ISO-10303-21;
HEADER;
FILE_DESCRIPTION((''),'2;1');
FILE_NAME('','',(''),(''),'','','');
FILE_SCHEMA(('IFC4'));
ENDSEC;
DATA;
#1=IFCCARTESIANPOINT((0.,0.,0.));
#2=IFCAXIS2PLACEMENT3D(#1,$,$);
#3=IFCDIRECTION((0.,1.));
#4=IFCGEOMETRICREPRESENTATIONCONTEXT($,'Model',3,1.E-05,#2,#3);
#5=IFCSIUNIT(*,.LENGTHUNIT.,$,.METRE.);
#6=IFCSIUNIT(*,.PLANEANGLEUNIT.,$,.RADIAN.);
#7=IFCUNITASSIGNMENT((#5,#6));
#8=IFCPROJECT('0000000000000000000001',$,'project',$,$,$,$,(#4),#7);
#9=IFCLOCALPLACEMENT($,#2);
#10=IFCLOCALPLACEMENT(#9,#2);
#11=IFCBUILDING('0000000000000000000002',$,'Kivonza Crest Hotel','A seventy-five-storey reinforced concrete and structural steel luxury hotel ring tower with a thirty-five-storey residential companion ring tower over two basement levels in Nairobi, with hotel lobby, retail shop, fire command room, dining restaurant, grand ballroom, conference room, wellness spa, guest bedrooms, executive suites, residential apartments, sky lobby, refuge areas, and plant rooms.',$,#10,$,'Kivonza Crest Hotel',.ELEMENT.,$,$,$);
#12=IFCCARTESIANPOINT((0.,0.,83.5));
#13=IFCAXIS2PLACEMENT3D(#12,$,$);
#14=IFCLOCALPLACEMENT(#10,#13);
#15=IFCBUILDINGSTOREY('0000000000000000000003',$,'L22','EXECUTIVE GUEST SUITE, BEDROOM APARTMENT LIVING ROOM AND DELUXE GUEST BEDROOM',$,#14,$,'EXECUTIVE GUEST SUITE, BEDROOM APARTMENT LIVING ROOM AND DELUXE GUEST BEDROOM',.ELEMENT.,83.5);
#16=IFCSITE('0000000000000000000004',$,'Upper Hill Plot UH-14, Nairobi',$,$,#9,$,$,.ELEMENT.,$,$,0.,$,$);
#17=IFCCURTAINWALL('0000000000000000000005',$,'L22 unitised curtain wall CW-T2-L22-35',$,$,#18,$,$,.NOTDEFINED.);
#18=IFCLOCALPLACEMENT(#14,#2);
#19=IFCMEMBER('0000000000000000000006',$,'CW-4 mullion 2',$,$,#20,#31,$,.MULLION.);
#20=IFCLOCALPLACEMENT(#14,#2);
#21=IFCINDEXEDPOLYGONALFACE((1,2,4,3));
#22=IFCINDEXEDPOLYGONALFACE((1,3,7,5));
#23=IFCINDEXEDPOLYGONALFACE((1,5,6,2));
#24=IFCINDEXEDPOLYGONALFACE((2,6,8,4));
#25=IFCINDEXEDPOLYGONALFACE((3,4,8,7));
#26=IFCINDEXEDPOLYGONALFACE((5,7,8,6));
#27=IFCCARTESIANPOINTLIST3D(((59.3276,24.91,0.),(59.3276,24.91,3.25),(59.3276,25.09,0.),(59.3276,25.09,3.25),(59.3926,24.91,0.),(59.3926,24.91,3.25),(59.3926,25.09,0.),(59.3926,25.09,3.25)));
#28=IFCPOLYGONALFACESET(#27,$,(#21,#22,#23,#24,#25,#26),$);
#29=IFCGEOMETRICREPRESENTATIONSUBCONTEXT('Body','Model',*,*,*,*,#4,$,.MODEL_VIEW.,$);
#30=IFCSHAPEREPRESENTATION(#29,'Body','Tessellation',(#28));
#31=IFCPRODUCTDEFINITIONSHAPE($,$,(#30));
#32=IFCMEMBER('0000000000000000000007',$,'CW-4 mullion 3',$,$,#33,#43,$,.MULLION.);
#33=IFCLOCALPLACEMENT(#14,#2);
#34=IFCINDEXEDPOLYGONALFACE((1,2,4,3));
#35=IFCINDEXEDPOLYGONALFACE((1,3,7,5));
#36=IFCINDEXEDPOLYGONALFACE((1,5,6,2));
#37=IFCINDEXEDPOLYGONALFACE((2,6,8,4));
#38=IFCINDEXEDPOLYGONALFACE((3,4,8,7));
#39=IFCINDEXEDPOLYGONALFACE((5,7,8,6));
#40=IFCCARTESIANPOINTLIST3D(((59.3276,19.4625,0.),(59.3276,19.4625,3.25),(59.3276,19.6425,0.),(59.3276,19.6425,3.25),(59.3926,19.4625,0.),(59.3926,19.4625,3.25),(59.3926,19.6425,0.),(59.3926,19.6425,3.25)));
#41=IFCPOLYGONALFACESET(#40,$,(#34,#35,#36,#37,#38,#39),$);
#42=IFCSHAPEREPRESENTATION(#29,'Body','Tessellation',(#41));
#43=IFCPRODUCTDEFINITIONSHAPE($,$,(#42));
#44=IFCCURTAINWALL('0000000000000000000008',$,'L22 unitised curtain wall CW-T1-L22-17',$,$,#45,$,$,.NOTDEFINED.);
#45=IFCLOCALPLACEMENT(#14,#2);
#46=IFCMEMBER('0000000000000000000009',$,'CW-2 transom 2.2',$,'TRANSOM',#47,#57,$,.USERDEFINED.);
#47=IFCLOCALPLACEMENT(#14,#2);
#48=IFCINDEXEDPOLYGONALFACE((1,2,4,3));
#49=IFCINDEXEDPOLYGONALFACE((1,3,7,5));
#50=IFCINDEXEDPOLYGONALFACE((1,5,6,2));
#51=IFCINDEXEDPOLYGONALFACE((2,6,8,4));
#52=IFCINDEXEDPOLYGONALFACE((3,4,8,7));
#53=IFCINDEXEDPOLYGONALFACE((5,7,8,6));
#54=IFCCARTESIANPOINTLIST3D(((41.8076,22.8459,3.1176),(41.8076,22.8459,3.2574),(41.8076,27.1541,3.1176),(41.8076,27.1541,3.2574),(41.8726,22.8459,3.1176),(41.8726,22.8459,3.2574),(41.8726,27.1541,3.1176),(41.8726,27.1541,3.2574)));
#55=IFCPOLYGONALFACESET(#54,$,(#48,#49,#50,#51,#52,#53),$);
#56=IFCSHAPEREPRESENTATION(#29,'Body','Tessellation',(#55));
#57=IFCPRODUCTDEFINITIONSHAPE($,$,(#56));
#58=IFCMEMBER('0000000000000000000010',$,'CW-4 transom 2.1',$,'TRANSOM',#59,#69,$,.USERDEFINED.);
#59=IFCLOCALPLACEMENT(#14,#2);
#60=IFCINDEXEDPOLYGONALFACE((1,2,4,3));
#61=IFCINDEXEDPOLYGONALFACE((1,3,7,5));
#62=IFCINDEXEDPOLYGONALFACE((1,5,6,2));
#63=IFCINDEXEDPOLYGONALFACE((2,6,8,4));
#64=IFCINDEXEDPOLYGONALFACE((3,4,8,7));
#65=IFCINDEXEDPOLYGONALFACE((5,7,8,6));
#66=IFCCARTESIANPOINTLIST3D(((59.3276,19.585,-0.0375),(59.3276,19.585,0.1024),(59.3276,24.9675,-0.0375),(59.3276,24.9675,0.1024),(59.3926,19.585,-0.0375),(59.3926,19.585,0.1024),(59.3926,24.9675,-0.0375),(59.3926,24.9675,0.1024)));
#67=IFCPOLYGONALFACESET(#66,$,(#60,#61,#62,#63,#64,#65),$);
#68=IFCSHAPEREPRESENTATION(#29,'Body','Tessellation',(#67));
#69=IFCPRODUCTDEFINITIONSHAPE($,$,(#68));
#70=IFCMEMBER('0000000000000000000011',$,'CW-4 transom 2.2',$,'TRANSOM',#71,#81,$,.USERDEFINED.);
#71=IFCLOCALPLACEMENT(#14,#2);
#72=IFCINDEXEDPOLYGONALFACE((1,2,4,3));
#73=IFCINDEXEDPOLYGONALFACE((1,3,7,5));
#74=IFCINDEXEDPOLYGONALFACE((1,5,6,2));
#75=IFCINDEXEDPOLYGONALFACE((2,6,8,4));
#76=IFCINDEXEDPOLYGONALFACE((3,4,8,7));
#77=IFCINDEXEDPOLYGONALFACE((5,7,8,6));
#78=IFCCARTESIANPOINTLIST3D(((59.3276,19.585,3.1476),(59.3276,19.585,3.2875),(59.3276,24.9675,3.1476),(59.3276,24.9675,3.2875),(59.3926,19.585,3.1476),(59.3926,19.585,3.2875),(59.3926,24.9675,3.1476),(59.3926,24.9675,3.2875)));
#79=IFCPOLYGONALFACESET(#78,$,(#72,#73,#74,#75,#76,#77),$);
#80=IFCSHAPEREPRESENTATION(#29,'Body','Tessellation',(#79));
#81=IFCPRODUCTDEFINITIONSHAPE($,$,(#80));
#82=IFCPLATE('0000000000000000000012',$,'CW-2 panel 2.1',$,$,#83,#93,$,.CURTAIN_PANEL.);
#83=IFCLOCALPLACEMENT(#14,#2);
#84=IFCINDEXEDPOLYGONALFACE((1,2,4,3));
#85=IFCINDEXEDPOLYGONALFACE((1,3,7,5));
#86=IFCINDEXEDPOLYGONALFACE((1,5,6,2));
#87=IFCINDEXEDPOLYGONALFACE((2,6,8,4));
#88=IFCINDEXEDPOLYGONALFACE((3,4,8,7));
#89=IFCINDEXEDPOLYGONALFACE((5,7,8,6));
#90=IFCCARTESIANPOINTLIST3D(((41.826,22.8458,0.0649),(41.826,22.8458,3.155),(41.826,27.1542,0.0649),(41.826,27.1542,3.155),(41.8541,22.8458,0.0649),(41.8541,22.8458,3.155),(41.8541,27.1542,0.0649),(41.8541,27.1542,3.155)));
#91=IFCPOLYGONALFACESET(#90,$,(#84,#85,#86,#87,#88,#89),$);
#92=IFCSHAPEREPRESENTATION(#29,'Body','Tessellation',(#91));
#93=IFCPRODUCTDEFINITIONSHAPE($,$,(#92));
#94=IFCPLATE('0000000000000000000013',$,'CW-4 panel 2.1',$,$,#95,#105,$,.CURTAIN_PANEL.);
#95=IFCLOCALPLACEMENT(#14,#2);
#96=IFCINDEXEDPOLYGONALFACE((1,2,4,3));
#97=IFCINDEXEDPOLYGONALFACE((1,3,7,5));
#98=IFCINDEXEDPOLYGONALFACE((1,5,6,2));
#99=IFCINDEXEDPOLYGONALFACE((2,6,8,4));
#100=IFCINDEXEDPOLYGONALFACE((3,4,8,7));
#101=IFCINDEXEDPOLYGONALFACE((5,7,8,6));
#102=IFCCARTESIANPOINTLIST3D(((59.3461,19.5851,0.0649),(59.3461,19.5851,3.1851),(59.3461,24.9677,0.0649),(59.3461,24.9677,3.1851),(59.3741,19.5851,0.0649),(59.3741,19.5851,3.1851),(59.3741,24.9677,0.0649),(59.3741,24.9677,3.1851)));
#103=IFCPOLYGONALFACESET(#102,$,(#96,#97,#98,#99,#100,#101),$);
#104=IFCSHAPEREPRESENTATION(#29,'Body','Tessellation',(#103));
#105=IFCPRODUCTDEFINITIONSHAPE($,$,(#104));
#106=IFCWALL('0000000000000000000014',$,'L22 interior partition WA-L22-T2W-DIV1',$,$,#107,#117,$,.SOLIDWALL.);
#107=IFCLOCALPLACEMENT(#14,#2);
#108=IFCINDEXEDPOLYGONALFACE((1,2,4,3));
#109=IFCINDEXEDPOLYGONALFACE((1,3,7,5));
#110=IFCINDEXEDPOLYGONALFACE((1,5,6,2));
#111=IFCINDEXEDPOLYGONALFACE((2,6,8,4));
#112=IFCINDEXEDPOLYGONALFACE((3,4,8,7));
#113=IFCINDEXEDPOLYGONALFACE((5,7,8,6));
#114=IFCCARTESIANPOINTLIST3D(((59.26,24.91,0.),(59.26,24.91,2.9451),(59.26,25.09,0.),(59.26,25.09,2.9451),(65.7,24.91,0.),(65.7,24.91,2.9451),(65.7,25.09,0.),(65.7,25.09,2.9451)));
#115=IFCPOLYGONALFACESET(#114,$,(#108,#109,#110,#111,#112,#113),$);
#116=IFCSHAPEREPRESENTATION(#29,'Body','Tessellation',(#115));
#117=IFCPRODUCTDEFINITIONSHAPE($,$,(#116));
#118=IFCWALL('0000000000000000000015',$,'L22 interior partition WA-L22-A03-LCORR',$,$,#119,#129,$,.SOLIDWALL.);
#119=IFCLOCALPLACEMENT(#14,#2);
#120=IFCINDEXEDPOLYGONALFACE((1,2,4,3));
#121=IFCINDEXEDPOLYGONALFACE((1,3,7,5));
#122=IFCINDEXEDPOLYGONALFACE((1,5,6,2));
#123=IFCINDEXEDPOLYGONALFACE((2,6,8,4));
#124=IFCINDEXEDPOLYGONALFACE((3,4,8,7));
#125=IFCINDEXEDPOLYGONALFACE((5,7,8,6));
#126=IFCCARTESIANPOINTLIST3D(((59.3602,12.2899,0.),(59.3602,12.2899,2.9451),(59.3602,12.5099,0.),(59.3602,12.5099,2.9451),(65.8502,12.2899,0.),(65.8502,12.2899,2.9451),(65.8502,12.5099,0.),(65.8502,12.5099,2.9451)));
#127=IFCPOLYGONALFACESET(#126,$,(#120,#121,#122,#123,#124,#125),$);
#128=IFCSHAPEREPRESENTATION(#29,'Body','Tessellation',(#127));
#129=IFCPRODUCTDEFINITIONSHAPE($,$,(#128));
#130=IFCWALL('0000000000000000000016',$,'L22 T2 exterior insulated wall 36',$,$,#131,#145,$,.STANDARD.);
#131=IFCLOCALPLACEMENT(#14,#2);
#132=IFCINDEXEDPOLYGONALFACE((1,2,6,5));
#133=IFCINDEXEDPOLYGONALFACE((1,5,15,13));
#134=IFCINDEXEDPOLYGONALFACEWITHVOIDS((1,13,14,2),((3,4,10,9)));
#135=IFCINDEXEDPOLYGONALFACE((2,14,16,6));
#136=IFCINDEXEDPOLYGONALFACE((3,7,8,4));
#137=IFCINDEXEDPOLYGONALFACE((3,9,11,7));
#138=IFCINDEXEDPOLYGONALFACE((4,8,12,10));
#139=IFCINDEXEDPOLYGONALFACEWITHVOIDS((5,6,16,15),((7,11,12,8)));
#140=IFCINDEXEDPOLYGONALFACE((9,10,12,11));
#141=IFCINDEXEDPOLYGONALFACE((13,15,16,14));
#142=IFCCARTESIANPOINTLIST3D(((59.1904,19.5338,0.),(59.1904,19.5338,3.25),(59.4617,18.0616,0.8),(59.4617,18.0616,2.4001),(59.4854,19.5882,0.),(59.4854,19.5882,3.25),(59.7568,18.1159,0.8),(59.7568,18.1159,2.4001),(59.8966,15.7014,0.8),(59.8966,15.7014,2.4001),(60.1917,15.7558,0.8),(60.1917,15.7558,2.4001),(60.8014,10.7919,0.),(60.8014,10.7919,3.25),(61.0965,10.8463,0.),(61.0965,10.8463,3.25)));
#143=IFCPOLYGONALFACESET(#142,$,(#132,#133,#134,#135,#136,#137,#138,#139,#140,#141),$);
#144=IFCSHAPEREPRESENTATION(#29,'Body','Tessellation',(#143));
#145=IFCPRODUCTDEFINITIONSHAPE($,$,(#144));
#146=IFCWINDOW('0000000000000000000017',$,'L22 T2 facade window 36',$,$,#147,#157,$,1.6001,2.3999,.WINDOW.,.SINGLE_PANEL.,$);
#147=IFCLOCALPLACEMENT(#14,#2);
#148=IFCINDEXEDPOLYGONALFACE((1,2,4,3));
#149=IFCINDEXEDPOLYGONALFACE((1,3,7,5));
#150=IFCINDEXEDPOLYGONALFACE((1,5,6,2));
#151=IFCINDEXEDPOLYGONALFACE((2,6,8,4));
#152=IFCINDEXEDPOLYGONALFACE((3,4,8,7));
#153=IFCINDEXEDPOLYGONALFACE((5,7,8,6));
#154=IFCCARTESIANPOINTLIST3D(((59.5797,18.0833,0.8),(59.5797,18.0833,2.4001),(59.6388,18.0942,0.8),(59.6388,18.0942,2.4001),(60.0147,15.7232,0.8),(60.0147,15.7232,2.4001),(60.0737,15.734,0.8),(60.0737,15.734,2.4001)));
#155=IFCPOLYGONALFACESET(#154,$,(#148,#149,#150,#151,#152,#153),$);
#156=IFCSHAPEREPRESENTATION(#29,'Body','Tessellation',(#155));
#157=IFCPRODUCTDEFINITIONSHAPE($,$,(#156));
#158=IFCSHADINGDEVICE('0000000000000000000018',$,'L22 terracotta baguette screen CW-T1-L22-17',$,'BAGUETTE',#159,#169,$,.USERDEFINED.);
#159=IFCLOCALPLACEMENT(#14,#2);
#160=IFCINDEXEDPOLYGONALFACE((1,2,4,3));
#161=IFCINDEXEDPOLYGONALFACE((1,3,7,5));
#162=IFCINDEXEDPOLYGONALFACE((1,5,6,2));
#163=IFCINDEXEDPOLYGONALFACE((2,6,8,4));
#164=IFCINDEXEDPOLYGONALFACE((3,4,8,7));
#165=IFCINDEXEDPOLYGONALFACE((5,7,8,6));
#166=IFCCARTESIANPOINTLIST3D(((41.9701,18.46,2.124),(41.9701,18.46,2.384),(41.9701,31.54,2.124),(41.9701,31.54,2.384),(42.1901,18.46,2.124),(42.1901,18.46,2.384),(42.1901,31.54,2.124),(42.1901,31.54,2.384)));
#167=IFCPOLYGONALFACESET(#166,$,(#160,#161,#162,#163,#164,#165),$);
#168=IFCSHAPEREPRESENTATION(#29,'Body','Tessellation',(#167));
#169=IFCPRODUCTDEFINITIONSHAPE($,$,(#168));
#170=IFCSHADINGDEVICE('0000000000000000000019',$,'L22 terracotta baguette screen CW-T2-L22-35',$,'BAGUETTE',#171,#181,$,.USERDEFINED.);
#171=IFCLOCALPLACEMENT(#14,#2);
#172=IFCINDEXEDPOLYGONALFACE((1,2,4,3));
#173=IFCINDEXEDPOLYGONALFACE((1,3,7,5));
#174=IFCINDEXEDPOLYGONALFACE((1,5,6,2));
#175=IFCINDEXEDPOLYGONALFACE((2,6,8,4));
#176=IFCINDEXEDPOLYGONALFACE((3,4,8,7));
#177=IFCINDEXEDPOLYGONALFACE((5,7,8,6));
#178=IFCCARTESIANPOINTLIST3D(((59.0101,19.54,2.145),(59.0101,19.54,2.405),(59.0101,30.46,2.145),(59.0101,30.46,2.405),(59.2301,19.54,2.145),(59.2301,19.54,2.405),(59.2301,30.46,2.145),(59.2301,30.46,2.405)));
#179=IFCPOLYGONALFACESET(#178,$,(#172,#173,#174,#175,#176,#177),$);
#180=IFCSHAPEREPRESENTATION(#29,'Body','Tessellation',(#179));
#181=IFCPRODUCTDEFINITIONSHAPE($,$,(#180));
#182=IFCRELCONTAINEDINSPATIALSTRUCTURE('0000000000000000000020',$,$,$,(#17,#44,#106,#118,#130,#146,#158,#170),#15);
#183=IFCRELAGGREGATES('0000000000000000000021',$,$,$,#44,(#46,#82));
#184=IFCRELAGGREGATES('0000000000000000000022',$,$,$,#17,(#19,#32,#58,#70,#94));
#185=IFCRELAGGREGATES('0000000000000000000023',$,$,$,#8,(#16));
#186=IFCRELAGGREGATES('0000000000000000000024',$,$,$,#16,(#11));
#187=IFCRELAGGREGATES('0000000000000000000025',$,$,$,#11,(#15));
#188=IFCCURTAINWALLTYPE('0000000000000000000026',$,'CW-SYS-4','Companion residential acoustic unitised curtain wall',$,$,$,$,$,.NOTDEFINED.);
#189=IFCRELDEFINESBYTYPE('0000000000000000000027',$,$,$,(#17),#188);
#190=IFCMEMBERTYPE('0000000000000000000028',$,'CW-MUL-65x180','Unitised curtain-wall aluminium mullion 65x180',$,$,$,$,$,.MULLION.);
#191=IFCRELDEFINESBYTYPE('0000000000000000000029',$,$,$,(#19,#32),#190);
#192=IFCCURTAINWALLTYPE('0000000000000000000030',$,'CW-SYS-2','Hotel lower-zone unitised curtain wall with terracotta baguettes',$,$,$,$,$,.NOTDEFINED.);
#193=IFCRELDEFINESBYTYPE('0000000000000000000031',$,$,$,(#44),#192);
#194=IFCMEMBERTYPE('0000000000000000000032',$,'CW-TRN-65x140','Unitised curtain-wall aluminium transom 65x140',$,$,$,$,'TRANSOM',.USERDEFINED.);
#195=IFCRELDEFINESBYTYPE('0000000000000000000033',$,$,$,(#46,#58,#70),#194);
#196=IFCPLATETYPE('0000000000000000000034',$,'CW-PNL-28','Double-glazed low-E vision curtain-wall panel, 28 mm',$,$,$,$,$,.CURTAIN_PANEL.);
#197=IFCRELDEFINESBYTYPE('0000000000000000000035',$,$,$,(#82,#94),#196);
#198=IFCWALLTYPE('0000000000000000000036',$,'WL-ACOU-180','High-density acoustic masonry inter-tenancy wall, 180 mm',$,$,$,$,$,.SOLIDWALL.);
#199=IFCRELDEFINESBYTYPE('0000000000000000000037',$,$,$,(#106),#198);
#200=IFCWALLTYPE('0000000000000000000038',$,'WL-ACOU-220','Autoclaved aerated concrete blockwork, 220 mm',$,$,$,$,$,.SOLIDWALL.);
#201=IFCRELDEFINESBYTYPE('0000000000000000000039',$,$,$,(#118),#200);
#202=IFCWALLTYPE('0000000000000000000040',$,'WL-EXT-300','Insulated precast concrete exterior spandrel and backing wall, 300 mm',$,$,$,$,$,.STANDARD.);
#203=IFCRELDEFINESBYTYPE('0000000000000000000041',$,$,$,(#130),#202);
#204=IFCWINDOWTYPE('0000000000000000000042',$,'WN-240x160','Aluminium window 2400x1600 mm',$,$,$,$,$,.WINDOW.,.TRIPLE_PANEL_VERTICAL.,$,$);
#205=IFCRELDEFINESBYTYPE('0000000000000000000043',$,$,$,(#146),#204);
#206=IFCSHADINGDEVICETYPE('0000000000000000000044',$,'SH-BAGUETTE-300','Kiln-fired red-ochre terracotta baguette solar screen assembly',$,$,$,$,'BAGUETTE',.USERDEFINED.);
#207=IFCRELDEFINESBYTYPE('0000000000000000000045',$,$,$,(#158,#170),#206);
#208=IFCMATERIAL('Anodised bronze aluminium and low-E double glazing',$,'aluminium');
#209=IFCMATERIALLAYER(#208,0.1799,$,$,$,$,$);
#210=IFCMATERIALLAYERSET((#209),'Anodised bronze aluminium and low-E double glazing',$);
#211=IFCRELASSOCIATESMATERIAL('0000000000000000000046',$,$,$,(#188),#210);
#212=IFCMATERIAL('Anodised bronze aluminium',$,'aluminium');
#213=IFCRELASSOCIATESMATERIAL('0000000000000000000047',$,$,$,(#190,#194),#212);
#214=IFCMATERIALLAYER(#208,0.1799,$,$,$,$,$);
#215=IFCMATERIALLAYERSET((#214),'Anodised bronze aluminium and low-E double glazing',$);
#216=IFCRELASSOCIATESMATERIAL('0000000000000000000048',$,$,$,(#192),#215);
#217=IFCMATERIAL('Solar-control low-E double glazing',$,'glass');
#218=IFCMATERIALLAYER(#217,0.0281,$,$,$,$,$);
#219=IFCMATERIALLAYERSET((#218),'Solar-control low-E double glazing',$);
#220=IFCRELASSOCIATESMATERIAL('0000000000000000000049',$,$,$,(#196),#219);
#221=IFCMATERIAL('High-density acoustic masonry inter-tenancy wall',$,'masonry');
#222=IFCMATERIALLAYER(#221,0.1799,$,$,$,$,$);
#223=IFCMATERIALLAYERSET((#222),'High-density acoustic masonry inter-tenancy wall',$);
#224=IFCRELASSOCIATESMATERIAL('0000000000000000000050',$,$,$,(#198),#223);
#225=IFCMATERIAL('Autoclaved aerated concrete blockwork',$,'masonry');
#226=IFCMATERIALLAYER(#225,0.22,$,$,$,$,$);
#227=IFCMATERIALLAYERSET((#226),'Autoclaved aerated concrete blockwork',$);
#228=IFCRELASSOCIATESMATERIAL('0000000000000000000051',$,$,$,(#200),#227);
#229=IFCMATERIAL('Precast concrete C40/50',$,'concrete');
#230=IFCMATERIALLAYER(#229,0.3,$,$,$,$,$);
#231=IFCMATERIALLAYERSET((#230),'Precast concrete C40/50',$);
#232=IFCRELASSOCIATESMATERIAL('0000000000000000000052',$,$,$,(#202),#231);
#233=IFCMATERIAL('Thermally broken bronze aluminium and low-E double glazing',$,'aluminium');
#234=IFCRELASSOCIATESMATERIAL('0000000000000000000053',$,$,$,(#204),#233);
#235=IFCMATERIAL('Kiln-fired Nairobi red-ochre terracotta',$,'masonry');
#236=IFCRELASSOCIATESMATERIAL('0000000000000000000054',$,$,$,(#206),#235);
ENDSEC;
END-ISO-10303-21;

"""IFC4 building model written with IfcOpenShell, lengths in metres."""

from ifc_helpers import new_model, si_unit, direction, frame, frame_2d, origin, origin_2d, place, context, subcontext, project, spatial, rectangle, extrude, material, layer, layer_set, material_profile, profile_set, type_object, element, fill, aggregate, save


model = new_model("IFC4")

# Units and contexts
model_context = context("Model", 3, precision=1e-05, world=origin(), true_north=direction((0.0, 1.0)))
body_context = subcontext(model_context, "Body", "Model", "MODEL_VIEW")
ifc_project = project(units=[si_unit("LENGTHUNIT", "METRE"), si_unit("PLANEANGLEUNIT", "RADIAN")], contexts=[model_context])

# Site, building, storey
site_placement = place(None, origin())
site = spatial("IfcSite", under=ifc_project, at=site_placement, Name="Upper Hill Plot UH-14, Nairobi", CompositionType="ELEMENT", RefElevation=0.0)
building_placement = place(site_placement, origin())
building = spatial("IfcBuilding", under=site, at=building_placement, Name="Kivonza Crest Hotel", Description="A seventy-five-storey reinforced concrete and structural steel luxury hotel ring tower with a thirty-five-storey residential companion ring tower over two basement levels in Nairobi, with hotel lobby, retail shop, fire command room, dining restaurant, grand ballroom, conference room, wellness spa, guest bedrooms, executive suites, residential apartments, sky lobby, refuge areas, and plant rooms.", LongName="Kivonza Crest Hotel", CompositionType="ELEMENT")
storey_placement = place(building_placement, frame((0.0, 0.0, 83.5)))
storey = spatial("IfcBuildingStorey", under=building, at=storey_placement, Name="L22", Description="EXECUTIVE GUEST SUITE, BEDROOM APARTMENT LIVING ROOM AND DELUXE GUEST BEDROOM", LongName="EXECUTIVE GUEST SUITE, BEDROOM APARTMENT LIVING ROOM AND DELUXE GUEST BEDROOM", CompositionType="ELEMENT", Elevation=83.5)

# Curtain wall, members
ifc_material_1 = material(Name="Anodised bronze aluminium and low-E double glazing", Category="aluminium")
ifc_layer_1 = layer(ifc_material_1, 0.1799)
ifc_layer_set_1 = layer_set([ifc_layer_1], Name="Anodised bronze aluminium and low-E double glazing")
curtain_wall_type_1 = type_object("IfcCurtainWallType", Name="CW-SYS-4", Description="Companion residential acoustic unitised curtain wall", PredefinedType="NOTDEFINED", material=ifc_layer_set_1)
curtain_wall_1_placement = place(storey_placement, origin())
curtain_wall_1 = element("IfcCurtainWall", 1, at=curtain_wall_1_placement, inside=storey, type_object=curtain_wall_type_1, Name="L22 unitised curtain wall CW-T2-L22-35", PredefinedType="NOTDEFINED")
ifc_material_2 = material(Name="Anodised bronze aluminium", Category="aluminium")
ifc_material_profile_1 = material_profile(ifc_material_2, rectangle(XDim=0.0649, YDim=0.1799, at=origin_2d()), Name="CW-M 65x180")
ifc_profile_set_1 = profile_set([ifc_material_profile_1], Name="Anodised bronze aluminium")
member_type_1 = type_object("IfcMemberType", Name="CW-MUL-65x180", Description="Unitised curtain-wall aluminium mullion 65x180", PredefinedType="MULLION", material=ifc_profile_set_1)
member_1_placement = place(storey_placement, frame((59.3601, 25.0, 0.0), z_axis=(0.0, 0.0, 1.0), x_axis=(1.0, 0.0, 0.0)))
member_1 = element("IfcMember", 2, at=member_1_placement, type_object=member_type_1, Name="CW-4 mullion 2", PredefinedType="MULLION", context=body_context, shape_type="SweptSolid", body=[
    extrude(rectangle(XDim=0.0649, YDim=0.1799, at=origin_2d()), origin(), (0.0, 0.0, 1.0), 3.25),
])
member_2_placement = place(storey_placement, frame((59.3601, 19.5525, 0.0), z_axis=(0.0, 0.0, 1.0), x_axis=(1.0, 0.0, 0.0)))
member_2 = element("IfcMember", 3, at=member_2_placement, type_object=member_type_1, Name="CW-4 mullion 3", PredefinedType="MULLION", context=body_context, shape_type="SweptSolid", body=[
    extrude(rectangle(XDim=0.0649, YDim=0.1799, at=origin_2d()), origin(), (0.0, 0.0, 1.0), 3.25),
])

# Curtain wall, member
ifc_layer_2 = layer(ifc_material_1, 0.1799)
ifc_layer_set_2 = layer_set([ifc_layer_2], Name="Anodised bronze aluminium and low-E double glazing")
curtain_wall_type_2 = type_object("IfcCurtainWallType", Name="CW-SYS-2", Description="Hotel lower-zone unitised curtain wall with terracotta baguettes", PredefinedType="NOTDEFINED", material=ifc_layer_set_2)
curtain_wall_2_placement = place(storey_placement, origin())
curtain_wall_2 = element("IfcCurtainWall", 4, at=curtain_wall_2_placement, inside=storey, type_object=curtain_wall_type_2, Name="L22 unitised curtain wall CW-T1-L22-17", PredefinedType="NOTDEFINED")
ifc_material_profile_2 = material_profile(ifc_material_2, rectangle(XDim=0.0649, YDim=0.1399, at=origin_2d()), Name="CW-T 65x140")
ifc_profile_set_2 = profile_set([ifc_material_profile_2], Name="Anodised bronze aluminium")
member_type_2 = type_object("IfcMemberType", Name="CW-TRN-65x140", Description="Unitised curtain-wall aluminium transom 65x140", ElementType="TRANSOM", PredefinedType="USERDEFINED", material=ifc_profile_set_2)
member_3_placement = place(storey_placement, frame((41.8401, 22.8459, 3.1875), z_axis=(0.0, 1.0, 0.0), x_axis=(-1.0, 0.0, 0.0)))
member_3 = element("IfcMember", 5, at=member_3_placement, type_object=member_type_2, Name="CW-2 transom 2.2", ObjectType="TRANSOM", PredefinedType="USERDEFINED", context=body_context, shape_type="SweptSolid", body=[
    extrude(rectangle(XDim=0.0649, YDim=0.1399, at=origin_2d()), origin(), (0.0, 0.0, 1.0), 4.3081),
])

# Members
member_4_placement = place(storey_placement, frame((59.3601, 24.9675, 0.0325), z_axis=(0.0, -1.0, 0.0), x_axis=(1.0, 0.0, 0.0)))
member_4 = element("IfcMember", 6, at=member_4_placement, type_object=member_type_2, Name="CW-4 transom 2.1", ObjectType="TRANSOM", PredefinedType="USERDEFINED", context=body_context, shape_type="SweptSolid", body=[
    extrude(rectangle(XDim=0.0649, YDim=0.1399, at=origin_2d()), origin(), (0.0, 0.0, 1.0), 5.3826),
])
member_5_placement = place(storey_placement, frame((59.3601, 24.9675, 3.2175), z_axis=(0.0, -1.0, 0.0), x_axis=(1.0, 0.0, 0.0)))
member_5 = element("IfcMember", 7, at=member_5_placement, type_object=member_type_2, Name="CW-4 transom 2.2", ObjectType="TRANSOM", PredefinedType="USERDEFINED", context=body_context, shape_type="SweptSolid", body=[
    extrude(rectangle(XDim=0.0649, YDim=0.1399, at=origin_2d()), origin(), (0.0, 0.0, 1.0), 5.3826),
])

# Plates
ifc_material_3 = material(Name="Solar-control low-E double glazing", Category="glass")
ifc_layer_3 = layer(ifc_material_3, 0.0281)
ifc_layer_set_3 = layer_set([ifc_layer_3], Name="Solar-control low-E double glazing")
plate_type = type_object("IfcPlateType", Name="CW-PNL-28", Description="Double-glazed low-E vision curtain-wall panel, 28 mm", PredefinedType="CURTAIN_PANEL", material=ifc_layer_set_3)
plate_1_placement = place(storey_placement, frame((41.8401, 25.0, 0.0649), z_axis=(0.0, 0.0, 1.0), x_axis=(0.0, 1.0, 0.0)))
plate_1 = element("IfcPlate", 8, at=plate_1_placement, type_object=plate_type, Name="CW-2 panel 2.1", PredefinedType="CURTAIN_PANEL", context=body_context, shape_type="SweptSolid", body=[
    extrude(rectangle(XDim=4.3083, YDim=0.0281, at=origin_2d()), origin(), (0.0, 0.0, 1.0), 3.0901),
])
aggregate(curtain_wall_2, [member_3, plate_1])
plate_2_placement = place(storey_placement, frame((59.3601, 22.2764, 0.0649), z_axis=(0.0, 0.0, 1.0), x_axis=(0.0, -1.0, 0.0)))
plate_2 = element("IfcPlate", 9, at=plate_2_placement, type_object=plate_type, Name="CW-4 panel 2.1", PredefinedType="CURTAIN_PANEL", context=body_context, shape_type="SweptSolid", body=[
    extrude(rectangle(XDim=5.3826, YDim=0.0281, at=origin_2d()), origin(), (0.0, 0.0, 1.0), 3.1201),
])
aggregate(curtain_wall_1, [member_1, member_2, member_4, member_5, plate_2])

# Walls
ifc_material_4 = material(Name="High-density acoustic masonry inter-tenancy wall", Category="masonry")
ifc_layer_4 = layer(ifc_material_4, 0.1799)
ifc_layer_set_4 = layer_set([ifc_layer_4], Name="High-density acoustic masonry inter-tenancy wall")
wall_type_1 = type_object("IfcWallType", Name="WL-ACOU-180", Description="High-density acoustic masonry inter-tenancy wall, 180 mm", PredefinedType="SOLIDWALL", material=ifc_layer_set_4)
wall_1_placement = place(storey_placement, frame((59.26, 25.0, 0.0), z_axis=(0.0, 0.0, 1.0), x_axis=(1.0, 0.0, 0.0)))
element("IfcWall", 10, at=wall_1_placement, inside=storey, type_object=wall_type_1, Name="L22 interior partition WA-L22-T2W-DIV1", PredefinedType="SOLIDWALL", context=body_context, shape_type="SweptSolid", body=[
    extrude(rectangle(XDim=6.4399, YDim=0.1799, at=frame_2d((3.22, 0.0))), origin(), (0.0, 0.0, 1.0), 2.9451),
])
ifc_material_5 = material(Name="Autoclaved aerated concrete blockwork", Category="masonry")
ifc_layer_5 = layer(ifc_material_5, 0.22)
ifc_layer_set_5 = layer_set([ifc_layer_5], Name="Autoclaved aerated concrete blockwork")
wall_type_2 = type_object("IfcWallType", Name="WL-ACOU-220", Description="Autoclaved aerated concrete blockwork, 220 mm", PredefinedType="SOLIDWALL", material=ifc_layer_set_5)
wall_2_placement = place(storey_placement, frame((59.3601, 12.3999, 0.0), z_axis=(0.0, 0.0, 1.0), x_axis=(1.0, 0.0, 0.0)))
element("IfcWall", 11, at=wall_2_placement, inside=storey, type_object=wall_type_2, Name="L22 interior partition WA-L22-A03-LCORR", PredefinedType="SOLIDWALL", context=body_context, shape_type="SweptSolid", body=[
    extrude(rectangle(XDim=6.49, YDim=0.22, at=frame_2d((3.2451, 0.0))), origin(), (0.0, 0.0, 1.0), 2.9451),
])

# Wall, opening, window
ifc_material_6 = material(Name="Precast concrete C40/50", Category="concrete")
ifc_layer_6 = layer(ifc_material_6, 0.3)
ifc_layer_set_6 = layer_set([ifc_layer_6], Name="Precast concrete C40/50")
wall_type_3 = type_object("IfcWallType", Name="WL-EXT-300", Description="Insulated precast concrete exterior spandrel and backing wall, 300 mm", PredefinedType="STANDARD", material=ifc_layer_set_6)
wall_3_placement = place(storey_placement, frame((59.3379, 19.561, 0.0), z_axis=(0.0, 0.0, 1.0), x_axis=(0.181241, -0.983439, 0.0)))
wall_3 = element("IfcWall", 12, at=wall_3_placement, inside=storey, type_object=wall_type_3, Name="L22 T2 exterior insulated wall 36", PredefinedType="STANDARD", context=body_context, shape_type="SweptSolid", body=[
    extrude(rectangle(XDim=8.8892, YDim=0.3, at=frame_2d((4.4446, 0.0))), origin(), (0.0, 0.0, 1.0), 3.25),
])
opening_placement = place(wall_3_placement, frame((1.4971, 0.0, 0.8)))
opening = element("IfcOpeningElement", 13, at=opening_placement, cuts=wall_3, PredefinedType="OPENING", context=body_context, shape_type="SweptSolid", body=[
    extrude(rectangle(XDim=2.3999, YDim=1.6001, at=frame_2d((1.2, 0.8))), frame((0.0, 0.1602, 0.0), z_axis=(0.0, -1.0, 0.0), x_axis=(1.0, 0.0, 0.0)), (0.0, 0.0, 1.0), 0.3201),
])
ifc_material_7 = material(Name="Thermally broken bronze aluminium and low-E double glazing", Category="aluminium")
window_type = type_object("IfcWindowType", Name="WN-240x160", Description="Aluminium window 2400x1600 mm", PartitioningType="TRIPLE_PANEL_VERTICAL", PredefinedType="WINDOW", material=ifc_material_7)
window_placement = place(opening_placement, origin())
window = element("IfcWindow", 14, at=window_placement, inside=storey, type_object=window_type, Name="L22 T2 facade window 36", OverallHeight=1.6001, OverallWidth=2.3999, PartitioningType="SINGLE_PANEL", PredefinedType="WINDOW", context=body_context, shape_type="SweptSolid", body=[
    extrude(rectangle(XDim=2.3999, YDim=1.6001, at=frame_2d((1.2, 0.8))), frame((0.0, 0.03, 0.0), z_axis=(0.0, -1.0, 0.0), x_axis=(1.0, 0.0, 0.0)), (0.0, 0.0, 1.0), 0.0601),
])
fill(opening, window)

# Shading devices
ifc_material_8 = material(Name="Kiln-fired Nairobi red-ochre terracotta", Category="masonry")
shading_device_type_1 = type_object("IfcShadingDeviceType", Name="SH-BAGUETTE-300", Description="Kiln-fired red-ochre terracotta baguette solar screen assembly", ElementType="BAGUETTE", PredefinedType="USERDEFINED", material=ifc_material_8)
shading_device_1_placement = place(storey_placement, frame((42.0801, 25.0, 2.124), z_axis=(0.0, 0.0, 1.0), x_axis=(0.0, 1.0, 0.0)))
element("IfcShadingDevice", 15, at=shading_device_1_placement, inside=storey, type_object=shading_device_type_1, Name="L22 terracotta baguette screen CW-T1-L22-17", ObjectType="BAGUETTE", PredefinedType="USERDEFINED", context=body_context, shape_type="SweptSolid", body=[
    extrude(rectangle(XDim=13.0801, YDim=0.22, at=origin_2d()), origin(), (0.0, 0.0, 1.0), 0.26),
])
shading_device_2_placement = place(storey_placement, frame((59.1201, 25.0, 2.145), z_axis=(0.0, 0.0, 1.0), x_axis=(0.0, -1.0, 0.0)))
element("IfcShadingDevice", 16, at=shading_device_2_placement, inside=storey, type_object=shading_device_type_1, Name="L22 terracotta baguette screen CW-T2-L22-35", ObjectType="BAGUETTE", PredefinedType="USERDEFINED", context=body_context, shape_type="SweptSolid", body=[
    extrude(rectangle(XDim=10.9199, YDim=0.22, at=origin_2d()), origin(), (0.0, 0.0, 1.0), 0.26),
])

save(model, "model.ifc")
